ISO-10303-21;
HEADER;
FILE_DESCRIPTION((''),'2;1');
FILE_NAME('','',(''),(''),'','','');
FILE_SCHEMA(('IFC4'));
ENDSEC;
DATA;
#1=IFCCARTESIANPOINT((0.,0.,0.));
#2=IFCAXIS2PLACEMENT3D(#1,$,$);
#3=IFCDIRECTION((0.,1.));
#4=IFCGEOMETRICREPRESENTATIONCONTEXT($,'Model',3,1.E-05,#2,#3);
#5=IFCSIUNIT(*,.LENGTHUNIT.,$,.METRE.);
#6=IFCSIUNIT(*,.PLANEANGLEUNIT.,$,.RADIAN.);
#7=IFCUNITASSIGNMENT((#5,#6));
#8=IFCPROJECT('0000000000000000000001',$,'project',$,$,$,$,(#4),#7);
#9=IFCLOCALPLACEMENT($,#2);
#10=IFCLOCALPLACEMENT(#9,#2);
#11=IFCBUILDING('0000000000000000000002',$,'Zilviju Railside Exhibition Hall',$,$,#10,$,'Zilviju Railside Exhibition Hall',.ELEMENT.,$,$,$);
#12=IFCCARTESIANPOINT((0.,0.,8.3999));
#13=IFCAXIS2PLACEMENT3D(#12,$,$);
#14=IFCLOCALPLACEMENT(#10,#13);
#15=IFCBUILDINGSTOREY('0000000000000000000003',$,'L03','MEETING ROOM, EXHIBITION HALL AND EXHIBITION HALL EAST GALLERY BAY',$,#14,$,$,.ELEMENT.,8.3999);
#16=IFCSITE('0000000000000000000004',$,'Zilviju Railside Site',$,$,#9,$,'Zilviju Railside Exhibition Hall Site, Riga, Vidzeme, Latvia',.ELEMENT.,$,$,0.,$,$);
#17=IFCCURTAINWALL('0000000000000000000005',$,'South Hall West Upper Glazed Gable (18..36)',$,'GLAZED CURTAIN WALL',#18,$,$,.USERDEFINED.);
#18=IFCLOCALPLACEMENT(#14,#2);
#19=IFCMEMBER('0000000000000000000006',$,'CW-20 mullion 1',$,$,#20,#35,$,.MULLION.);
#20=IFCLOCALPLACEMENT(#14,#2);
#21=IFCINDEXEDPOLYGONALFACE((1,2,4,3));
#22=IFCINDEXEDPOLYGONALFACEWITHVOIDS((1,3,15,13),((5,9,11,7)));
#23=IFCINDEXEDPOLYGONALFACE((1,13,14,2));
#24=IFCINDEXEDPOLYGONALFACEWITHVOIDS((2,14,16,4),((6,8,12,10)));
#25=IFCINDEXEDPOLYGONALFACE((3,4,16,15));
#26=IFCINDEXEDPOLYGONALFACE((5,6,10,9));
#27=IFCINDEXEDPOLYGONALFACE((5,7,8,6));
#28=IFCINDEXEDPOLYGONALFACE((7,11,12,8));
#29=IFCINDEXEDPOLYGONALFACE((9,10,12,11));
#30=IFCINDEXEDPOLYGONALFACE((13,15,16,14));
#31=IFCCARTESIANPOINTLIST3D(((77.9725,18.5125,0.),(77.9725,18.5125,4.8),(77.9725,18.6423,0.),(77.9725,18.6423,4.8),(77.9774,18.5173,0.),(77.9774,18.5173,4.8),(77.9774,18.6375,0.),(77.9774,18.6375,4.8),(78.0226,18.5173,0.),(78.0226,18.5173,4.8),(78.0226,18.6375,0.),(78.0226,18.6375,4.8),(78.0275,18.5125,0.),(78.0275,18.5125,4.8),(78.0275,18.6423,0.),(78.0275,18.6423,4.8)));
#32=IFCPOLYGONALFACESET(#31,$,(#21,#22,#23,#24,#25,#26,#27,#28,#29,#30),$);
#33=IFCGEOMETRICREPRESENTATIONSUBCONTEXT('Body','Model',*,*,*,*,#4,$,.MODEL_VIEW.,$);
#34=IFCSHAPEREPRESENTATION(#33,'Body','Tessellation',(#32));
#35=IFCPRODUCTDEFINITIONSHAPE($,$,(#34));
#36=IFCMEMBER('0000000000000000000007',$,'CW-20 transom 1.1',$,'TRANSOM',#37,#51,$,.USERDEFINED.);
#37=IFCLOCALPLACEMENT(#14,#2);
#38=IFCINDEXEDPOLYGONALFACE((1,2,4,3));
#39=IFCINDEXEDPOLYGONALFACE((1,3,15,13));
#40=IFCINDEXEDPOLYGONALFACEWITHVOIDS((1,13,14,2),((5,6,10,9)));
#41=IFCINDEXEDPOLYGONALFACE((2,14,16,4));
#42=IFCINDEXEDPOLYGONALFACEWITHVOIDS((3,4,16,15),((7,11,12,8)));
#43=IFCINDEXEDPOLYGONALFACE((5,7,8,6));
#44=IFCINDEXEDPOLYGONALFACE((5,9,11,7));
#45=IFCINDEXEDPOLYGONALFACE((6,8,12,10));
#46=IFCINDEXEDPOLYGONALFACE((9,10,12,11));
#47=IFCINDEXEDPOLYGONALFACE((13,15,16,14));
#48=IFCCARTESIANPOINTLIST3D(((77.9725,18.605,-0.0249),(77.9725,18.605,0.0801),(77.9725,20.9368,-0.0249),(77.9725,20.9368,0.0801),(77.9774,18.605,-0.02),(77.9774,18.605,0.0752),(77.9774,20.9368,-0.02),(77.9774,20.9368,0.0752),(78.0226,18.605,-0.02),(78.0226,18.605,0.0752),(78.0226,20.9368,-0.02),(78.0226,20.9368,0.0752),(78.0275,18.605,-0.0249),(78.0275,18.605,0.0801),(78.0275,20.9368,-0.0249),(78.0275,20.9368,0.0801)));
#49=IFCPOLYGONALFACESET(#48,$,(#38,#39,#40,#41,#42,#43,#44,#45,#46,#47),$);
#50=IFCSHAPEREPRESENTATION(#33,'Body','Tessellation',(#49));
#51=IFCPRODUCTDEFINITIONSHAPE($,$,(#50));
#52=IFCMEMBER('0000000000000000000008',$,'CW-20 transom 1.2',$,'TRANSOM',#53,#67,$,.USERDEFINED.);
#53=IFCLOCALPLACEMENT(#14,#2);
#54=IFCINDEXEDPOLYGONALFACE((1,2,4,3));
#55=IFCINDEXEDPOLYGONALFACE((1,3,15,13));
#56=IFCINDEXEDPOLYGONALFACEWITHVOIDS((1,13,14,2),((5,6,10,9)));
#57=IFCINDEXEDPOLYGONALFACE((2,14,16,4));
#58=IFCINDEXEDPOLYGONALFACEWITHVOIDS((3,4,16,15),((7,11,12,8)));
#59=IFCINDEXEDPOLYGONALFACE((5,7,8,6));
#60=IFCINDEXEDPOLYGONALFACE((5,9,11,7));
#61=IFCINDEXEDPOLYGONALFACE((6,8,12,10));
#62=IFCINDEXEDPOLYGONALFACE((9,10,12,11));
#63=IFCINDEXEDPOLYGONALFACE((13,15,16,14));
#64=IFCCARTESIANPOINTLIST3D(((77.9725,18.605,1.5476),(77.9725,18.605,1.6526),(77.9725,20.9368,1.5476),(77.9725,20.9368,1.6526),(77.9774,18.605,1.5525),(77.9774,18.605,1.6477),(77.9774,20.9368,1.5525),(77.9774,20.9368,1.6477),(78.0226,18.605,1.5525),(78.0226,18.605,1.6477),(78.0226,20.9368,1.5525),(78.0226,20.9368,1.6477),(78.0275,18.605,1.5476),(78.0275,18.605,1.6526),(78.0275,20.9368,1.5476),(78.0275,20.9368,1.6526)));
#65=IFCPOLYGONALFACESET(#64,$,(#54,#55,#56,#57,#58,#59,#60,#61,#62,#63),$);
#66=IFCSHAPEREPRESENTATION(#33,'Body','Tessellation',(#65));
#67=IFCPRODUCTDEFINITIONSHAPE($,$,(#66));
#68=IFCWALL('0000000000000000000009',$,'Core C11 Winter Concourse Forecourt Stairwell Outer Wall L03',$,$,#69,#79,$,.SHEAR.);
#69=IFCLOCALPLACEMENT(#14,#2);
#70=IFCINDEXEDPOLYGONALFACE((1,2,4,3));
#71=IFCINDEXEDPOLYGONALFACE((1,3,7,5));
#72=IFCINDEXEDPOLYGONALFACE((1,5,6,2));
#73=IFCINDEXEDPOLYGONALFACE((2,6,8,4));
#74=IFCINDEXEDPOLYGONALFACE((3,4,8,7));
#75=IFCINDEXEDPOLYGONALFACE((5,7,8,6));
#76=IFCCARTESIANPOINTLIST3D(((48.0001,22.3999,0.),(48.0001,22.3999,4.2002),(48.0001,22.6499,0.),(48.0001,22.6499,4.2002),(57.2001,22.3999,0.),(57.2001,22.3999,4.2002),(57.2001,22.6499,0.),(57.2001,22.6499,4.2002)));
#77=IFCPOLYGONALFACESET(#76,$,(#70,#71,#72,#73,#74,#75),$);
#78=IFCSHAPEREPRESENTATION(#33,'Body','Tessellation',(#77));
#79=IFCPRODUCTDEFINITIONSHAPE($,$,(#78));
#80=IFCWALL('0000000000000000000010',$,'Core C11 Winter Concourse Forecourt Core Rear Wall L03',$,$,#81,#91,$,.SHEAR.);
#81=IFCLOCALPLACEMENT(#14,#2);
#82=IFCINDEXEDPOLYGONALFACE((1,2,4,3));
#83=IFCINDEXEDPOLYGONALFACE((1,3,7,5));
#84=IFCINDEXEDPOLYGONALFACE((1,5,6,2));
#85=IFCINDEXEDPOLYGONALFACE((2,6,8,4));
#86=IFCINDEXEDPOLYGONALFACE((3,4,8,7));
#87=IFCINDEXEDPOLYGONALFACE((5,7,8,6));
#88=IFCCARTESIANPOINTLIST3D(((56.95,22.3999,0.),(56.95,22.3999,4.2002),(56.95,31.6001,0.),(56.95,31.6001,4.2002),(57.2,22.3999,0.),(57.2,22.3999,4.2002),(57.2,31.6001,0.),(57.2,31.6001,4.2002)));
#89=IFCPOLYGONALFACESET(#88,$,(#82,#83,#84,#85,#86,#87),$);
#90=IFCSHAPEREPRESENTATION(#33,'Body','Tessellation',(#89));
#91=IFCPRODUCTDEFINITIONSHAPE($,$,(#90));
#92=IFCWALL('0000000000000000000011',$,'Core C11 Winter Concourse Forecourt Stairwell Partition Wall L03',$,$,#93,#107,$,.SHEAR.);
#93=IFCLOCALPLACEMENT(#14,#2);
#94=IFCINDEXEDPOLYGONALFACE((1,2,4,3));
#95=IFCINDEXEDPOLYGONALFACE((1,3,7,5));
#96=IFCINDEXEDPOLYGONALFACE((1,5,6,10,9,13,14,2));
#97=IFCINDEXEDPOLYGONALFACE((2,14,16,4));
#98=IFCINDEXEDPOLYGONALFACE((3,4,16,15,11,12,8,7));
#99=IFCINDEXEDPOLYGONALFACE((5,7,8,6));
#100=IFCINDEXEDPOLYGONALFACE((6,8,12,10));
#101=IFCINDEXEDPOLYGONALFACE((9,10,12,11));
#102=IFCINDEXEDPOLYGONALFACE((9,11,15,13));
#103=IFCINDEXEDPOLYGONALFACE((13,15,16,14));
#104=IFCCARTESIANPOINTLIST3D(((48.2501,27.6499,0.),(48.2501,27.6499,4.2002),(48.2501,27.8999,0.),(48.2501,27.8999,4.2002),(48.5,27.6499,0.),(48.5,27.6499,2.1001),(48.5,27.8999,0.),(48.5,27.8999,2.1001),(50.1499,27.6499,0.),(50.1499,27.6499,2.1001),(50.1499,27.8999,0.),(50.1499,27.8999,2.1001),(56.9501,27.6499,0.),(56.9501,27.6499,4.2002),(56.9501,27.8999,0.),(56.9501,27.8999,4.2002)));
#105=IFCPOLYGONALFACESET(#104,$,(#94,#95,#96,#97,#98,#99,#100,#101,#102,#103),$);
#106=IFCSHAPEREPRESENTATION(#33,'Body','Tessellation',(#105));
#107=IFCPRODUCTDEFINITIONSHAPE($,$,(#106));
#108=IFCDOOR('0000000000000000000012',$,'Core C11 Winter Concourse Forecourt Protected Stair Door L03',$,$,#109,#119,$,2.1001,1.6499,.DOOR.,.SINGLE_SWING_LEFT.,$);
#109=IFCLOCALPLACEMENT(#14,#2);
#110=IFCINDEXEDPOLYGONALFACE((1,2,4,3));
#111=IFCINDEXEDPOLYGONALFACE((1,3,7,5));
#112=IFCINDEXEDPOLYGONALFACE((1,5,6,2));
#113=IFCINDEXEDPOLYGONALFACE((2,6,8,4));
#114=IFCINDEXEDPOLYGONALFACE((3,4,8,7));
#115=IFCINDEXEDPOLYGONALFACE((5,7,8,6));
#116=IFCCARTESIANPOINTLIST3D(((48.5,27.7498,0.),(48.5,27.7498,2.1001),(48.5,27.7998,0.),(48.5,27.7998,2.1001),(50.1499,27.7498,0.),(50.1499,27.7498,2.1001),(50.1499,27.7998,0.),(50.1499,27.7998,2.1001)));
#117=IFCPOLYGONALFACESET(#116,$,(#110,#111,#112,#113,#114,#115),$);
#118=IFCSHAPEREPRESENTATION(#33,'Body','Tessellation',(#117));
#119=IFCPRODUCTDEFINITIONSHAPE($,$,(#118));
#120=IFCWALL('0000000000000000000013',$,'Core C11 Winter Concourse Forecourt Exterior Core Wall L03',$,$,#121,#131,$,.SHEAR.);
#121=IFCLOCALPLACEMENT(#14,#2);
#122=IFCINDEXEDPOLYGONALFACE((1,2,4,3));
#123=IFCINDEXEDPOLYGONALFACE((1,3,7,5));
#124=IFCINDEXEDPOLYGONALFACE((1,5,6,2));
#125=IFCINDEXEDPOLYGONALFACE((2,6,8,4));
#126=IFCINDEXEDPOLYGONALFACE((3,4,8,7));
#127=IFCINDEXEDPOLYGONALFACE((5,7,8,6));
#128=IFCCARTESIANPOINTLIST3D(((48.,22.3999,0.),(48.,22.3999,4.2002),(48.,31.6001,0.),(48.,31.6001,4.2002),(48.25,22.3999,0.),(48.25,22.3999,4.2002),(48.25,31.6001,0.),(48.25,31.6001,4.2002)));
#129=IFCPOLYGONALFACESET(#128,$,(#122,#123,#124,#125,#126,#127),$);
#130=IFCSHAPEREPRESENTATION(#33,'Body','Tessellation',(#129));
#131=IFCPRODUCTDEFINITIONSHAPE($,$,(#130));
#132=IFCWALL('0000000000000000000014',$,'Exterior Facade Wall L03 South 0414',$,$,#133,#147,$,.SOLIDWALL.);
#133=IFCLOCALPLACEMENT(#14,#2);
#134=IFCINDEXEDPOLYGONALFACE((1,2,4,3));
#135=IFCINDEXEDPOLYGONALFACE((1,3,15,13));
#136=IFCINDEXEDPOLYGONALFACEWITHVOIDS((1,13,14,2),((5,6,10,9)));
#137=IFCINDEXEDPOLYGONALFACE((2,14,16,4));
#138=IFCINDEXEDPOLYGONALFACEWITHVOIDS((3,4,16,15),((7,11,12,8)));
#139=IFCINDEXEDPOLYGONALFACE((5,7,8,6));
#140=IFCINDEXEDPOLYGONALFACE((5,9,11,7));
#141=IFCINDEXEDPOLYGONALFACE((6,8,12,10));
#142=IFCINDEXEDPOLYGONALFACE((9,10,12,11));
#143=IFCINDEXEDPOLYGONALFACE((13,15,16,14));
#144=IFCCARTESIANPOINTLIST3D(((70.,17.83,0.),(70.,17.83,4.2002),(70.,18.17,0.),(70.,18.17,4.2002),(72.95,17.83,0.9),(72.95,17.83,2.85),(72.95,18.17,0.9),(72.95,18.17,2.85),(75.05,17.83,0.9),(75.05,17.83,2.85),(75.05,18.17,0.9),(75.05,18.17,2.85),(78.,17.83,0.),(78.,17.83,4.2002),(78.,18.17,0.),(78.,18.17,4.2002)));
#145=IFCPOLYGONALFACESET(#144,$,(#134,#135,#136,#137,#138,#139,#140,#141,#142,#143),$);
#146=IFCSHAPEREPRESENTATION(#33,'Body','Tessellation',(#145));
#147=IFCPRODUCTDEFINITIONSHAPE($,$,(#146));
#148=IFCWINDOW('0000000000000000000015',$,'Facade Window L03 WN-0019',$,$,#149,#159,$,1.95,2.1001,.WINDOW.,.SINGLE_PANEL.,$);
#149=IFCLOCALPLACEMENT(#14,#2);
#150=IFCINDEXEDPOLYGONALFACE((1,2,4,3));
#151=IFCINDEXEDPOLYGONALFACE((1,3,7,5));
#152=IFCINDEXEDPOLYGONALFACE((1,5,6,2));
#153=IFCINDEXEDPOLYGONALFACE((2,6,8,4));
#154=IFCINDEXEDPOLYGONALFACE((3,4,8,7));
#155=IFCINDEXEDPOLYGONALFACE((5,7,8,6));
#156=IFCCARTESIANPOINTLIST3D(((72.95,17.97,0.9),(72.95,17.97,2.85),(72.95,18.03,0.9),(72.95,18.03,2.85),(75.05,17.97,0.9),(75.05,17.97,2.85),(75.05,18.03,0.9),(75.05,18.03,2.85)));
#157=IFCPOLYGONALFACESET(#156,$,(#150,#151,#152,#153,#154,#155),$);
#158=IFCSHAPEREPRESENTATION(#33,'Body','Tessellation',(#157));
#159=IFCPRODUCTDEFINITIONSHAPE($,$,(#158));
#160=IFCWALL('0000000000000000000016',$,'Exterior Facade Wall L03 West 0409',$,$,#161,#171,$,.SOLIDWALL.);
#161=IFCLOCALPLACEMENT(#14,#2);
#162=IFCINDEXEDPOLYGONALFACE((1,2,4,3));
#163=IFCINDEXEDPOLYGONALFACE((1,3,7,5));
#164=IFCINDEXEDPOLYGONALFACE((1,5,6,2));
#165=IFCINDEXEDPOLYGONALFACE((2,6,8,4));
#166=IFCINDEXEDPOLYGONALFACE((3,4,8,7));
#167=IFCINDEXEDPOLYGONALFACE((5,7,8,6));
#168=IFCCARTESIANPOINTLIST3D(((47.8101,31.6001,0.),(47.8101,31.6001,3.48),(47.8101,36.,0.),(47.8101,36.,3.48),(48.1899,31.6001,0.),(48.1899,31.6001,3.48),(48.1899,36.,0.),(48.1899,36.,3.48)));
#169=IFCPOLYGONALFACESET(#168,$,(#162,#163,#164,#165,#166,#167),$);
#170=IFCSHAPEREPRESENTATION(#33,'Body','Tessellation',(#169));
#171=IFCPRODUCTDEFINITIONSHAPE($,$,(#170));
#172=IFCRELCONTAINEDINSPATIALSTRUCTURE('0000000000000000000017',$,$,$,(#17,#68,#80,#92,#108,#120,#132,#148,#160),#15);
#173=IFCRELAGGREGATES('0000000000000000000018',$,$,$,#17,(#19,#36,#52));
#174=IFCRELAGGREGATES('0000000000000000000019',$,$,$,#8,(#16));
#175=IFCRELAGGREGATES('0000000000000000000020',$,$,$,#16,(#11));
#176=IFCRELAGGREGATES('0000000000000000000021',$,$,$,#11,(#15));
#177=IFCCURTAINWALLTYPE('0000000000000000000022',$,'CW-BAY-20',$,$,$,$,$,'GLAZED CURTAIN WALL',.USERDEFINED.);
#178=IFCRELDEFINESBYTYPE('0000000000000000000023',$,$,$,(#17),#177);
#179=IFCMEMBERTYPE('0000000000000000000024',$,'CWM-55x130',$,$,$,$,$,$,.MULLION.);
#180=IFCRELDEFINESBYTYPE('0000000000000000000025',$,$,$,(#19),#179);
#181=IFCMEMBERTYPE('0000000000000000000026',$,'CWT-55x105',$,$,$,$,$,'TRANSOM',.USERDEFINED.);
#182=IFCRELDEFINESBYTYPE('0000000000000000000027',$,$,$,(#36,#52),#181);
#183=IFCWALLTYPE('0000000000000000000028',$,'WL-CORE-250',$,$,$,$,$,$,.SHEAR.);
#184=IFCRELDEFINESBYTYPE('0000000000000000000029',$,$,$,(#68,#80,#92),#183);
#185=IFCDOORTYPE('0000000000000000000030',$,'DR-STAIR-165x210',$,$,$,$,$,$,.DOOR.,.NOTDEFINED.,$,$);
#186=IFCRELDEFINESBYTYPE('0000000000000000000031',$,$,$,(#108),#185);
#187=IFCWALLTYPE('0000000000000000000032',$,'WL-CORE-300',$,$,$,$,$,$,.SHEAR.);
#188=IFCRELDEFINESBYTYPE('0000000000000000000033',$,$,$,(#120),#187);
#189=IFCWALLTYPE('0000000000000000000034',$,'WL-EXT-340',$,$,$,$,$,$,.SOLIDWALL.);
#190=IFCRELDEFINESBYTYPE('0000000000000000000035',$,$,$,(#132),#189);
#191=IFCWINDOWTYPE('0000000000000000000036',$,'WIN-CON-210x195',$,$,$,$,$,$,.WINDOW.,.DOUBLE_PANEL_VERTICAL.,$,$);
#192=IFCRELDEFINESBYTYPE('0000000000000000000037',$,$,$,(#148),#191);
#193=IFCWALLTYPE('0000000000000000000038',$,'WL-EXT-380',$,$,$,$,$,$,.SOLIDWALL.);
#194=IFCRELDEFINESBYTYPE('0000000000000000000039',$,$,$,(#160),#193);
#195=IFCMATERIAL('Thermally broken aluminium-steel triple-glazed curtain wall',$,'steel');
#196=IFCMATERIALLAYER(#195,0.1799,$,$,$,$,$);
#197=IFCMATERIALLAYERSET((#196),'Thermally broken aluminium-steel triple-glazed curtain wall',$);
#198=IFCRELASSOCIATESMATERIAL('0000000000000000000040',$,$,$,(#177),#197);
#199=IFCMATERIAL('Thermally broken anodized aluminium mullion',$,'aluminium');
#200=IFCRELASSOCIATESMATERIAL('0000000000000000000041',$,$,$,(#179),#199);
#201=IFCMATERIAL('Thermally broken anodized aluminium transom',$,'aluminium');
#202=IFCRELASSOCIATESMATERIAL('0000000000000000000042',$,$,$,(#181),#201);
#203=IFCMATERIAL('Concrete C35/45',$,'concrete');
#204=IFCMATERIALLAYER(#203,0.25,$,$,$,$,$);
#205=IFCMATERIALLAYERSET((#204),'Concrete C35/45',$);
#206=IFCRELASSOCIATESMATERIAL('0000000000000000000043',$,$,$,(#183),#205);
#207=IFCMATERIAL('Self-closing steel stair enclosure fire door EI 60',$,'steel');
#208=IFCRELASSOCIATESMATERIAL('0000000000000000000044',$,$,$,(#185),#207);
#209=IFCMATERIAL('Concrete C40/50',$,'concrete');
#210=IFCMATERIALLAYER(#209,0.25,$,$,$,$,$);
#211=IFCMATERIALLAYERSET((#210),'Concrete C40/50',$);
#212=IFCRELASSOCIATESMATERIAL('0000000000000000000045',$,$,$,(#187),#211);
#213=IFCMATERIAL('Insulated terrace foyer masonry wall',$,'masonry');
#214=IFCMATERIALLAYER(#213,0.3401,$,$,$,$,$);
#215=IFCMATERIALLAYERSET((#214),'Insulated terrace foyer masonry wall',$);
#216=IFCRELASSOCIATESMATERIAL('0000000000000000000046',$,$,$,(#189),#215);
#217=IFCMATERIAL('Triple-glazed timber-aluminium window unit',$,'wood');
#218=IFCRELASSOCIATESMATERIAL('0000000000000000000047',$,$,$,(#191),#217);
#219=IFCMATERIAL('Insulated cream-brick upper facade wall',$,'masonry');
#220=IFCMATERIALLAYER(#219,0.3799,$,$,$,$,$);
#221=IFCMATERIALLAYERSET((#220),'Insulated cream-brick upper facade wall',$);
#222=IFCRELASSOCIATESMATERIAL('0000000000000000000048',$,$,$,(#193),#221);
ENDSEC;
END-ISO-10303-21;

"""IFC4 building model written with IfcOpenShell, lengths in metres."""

from ifc_helpers import new_model, si_unit, direction, frame, frame_2d, origin, origin_2d, place, context, subcontext, project, spatial, rectangle, hollow_rectangle, extrude, material, layer, layer_set, material_profile, profile_set, type_object, element, fill, aggregate, save


model = new_model("IFC4")

# Units and contexts
model_context = context("Model", 3, precision=1e-05, world=origin(), true_north=direction((0.0, 1.0)))
body_context = subcontext(model_context, "Body", "Model", "MODEL_VIEW")
ifc_project = project(units=[si_unit("LENGTHUNIT", "METRE"), si_unit("PLANEANGLEUNIT", "RADIAN")], contexts=[model_context])

# Site, building, storey
site_placement = place(None, origin())
site = spatial("IfcSite", under=ifc_project, at=site_placement, Name="Zilviju Railside Site", LongName="Zilviju Railside Exhibition Hall Site, Riga, Vidzeme, Latvia", CompositionType="ELEMENT", RefElevation=0.0)
building_placement = place(site_placement, origin())
building = spatial("IfcBuilding", under=site, at=building_placement, Name="Zilviju Railside Exhibition Hall", LongName="Zilviju Railside Exhibition Hall", CompositionType="ELEMENT")
storey_placement = place(building_placement, frame((0.0, 0.0, 8.3999)))
storey = spatial("IfcBuildingStorey", under=building, at=storey_placement, Name="L03", Description="MEETING ROOM, EXHIBITION HALL AND EXHIBITION HALL EAST GALLERY BAY", CompositionType="ELEMENT", Elevation=8.3999)

# Curtain wall, members
ifc_material_1 = material(Name="Thermally broken aluminium-steel triple-glazed curtain wall", Category="steel")
ifc_layer_1 = layer(ifc_material_1, 0.1799)
ifc_layer_set_1 = layer_set([ifc_layer_1], Name="Thermally broken aluminium-steel triple-glazed curtain wall")
curtain_wall_type = type_object("IfcCurtainWallType", Name="CW-BAY-20", ElementType="GLAZED CURTAIN WALL", PredefinedType="USERDEFINED", material=ifc_layer_set_1)
curtain_wall_placement = place(storey_placement, origin())
curtain_wall = element("IfcCurtainWall", 1, at=curtain_wall_placement, inside=storey, type_object=curtain_wall_type, Name="South Hall West Upper Glazed Gable (18..36)", ObjectType="GLAZED CURTAIN WALL", PredefinedType="USERDEFINED")
ifc_material_2 = material(Name="Thermally broken anodized aluminium mullion", Category="aluminium")
ifc_material_profile_1 = material_profile(ifc_material_2, hollow_rectangle(XDim=0.0549, YDim=0.1299, WallThickness=0.0049, at=origin_2d()), Name="MULLION 130x55x5")
ifc_profile_set_1 = profile_set([ifc_material_profile_1], Name="Thermally broken anodized aluminium mullion")
member_type_1 = type_object("IfcMemberType", Name="CWM-55x130", PredefinedType="MULLION", material=ifc_profile_set_1)
member_1_placement = place(storey_placement, frame((78.0, 18.5774, 0.0), z_axis=(0.0, 0.0, 1.0), x_axis=(-1.0, 0.0, 0.0)))
member_1 = element("IfcMember", 2, at=member_1_placement, type_object=member_type_1, Name="CW-20 mullion 1", PredefinedType="MULLION", context=body_context, shape_type="SweptSolid", body=[
    extrude(hollow_rectangle(XDim=0.0549, YDim=0.1299, WallThickness=0.0049, at=origin_2d()), origin(), (0.0, 0.0, 1.0), 4.8),
])
ifc_material_3 = material(Name="Thermally broken anodized aluminium transom", Category="aluminium")
ifc_material_profile_2 = material_profile(ifc_material_3, hollow_rectangle(XDim=0.0549, YDim=0.105, WallThickness=0.0049, at=origin_2d()), Name="TRANSOM 105x55x5")
ifc_profile_set_2 = profile_set([ifc_material_profile_2], Name="Thermally broken anodized aluminium transom")
member_type_2 = type_object("IfcMemberType", Name="CWT-55x105", ElementType="TRANSOM", PredefinedType="USERDEFINED", material=ifc_profile_set_2)
member_2_placement = place(storey_placement, frame((78.0, 18.605, 0.0276), z_axis=(0.0, 1.0, 0.0), x_axis=(-1.0, 0.0, 0.0)))
member_2 = element("IfcMember", 3, at=member_2_placement, type_object=member_type_2, Name="CW-20 transom 1.1", ObjectType="TRANSOM", PredefinedType="USERDEFINED", context=body_context, shape_type="SweptSolid", body=[
    extrude(hollow_rectangle(XDim=0.0549, YDim=0.105, WallThickness=0.0049, at=origin_2d()), origin(), (0.0, 0.0, 1.0), 2.3318),
])
member_3_placement = place(storey_placement, frame((78.0, 18.605, 1.6001), z_axis=(0.0, 1.0, 0.0), x_axis=(-1.0, 0.0, 0.0)))
member_3 = element("IfcMember", 4, at=member_3_placement, type_object=member_type_2, Name="CW-20 transom 1.2", ObjectType="TRANSOM", PredefinedType="USERDEFINED", context=body_context, shape_type="SweptSolid", body=[
    extrude(hollow_rectangle(XDim=0.0549, YDim=0.105, WallThickness=0.0049, at=origin_2d()), origin(), (0.0, 0.0, 1.0), 2.3318),
])
aggregate(curtain_wall, [member_1, member_2, member_3])

# Walls
ifc_material_4 = material(Name="Concrete C35/45", Category="concrete")
ifc_layer_2 = layer(ifc_material_4, 0.25)
ifc_layer_set_2 = layer_set([ifc_layer_2], Name="Concrete C35/45")
wall_type_1 = type_object("IfcWallType", Name="WL-CORE-250", PredefinedType="SHEAR", material=ifc_layer_set_2)
wall_1_placement = place(storey_placement, frame((48.0, 22.5249, 0.0), z_axis=(0.0, 0.0, 1.0), x_axis=(1.0, 0.0, 0.0)))
element("IfcWall", 5, at=wall_1_placement, inside=storey, type_object=wall_type_1, Name="Core C11 Winter Concourse Forecourt Stairwell Outer Wall L03", PredefinedType="SHEAR", context=body_context, shape_type="SweptSolid", body=[
    extrude(rectangle(XDim=9.2, YDim=0.25, at=frame_2d((4.6001, 0.0))), origin(), (0.0, 0.0, 1.0), 4.2002),
])
wall_2_placement = place(storey_placement, frame((57.075, 22.3999, 0.0), z_axis=(0.0, 0.0, 1.0), x_axis=(0.0, 1.0, 0.0)))
element("IfcWall", 6, at=wall_2_placement, inside=storey, type_object=wall_type_1, Name="Core C11 Winter Concourse Forecourt Core Rear Wall L03", PredefinedType="SHEAR", context=body_context, shape_type="SweptSolid", body=[
    extrude(rectangle(XDim=9.2002, YDim=0.25, at=frame_2d((4.6001, 0.0))), origin(), (0.0, 0.0, 1.0), 4.2002),
])

# Wall, opening, door
wall_3_placement = place(storey_placement, frame((48.25, 27.7749, 0.0), z_axis=(0.0, 0.0, 1.0), x_axis=(1.0, 0.0, 0.0)))
wall_3 = element("IfcWall", 7, at=wall_3_placement, inside=storey, type_object=wall_type_1, Name="Core C11 Winter Concourse Forecourt Stairwell Partition Wall L03", PredefinedType="SHEAR", context=body_context, shape_type="SweptSolid", body=[
    extrude(rectangle(XDim=8.7, YDim=0.25, at=frame_2d((4.3501, 0.0))), origin(), (0.0, 0.0, 1.0), 4.2002),
])
opening_1_placement = place(wall_3_placement, frame((0.25, 0.0, 0.0)))
opening_1 = element("IfcOpeningElement", 8, at=opening_1_placement, cuts=wall_3, PredefinedType="OPENING", context=body_context, shape_type="SweptSolid", body=[
    extrude(rectangle(XDim=1.6499, YDim=2.1001, at=frame_2d((0.825, 1.05))), frame((0.0, 0.135, 0.0), z_axis=(0.0, -1.0, 0.0), x_axis=(1.0, 0.0, 0.0)), (0.0, 0.0, 1.0), 0.27),
])
ifc_material_5 = material(Name="Self-closing steel stair enclosure fire door EI 60", Category="steel")
door_type_1 = type_object("IfcDoorType", Name="DR-STAIR-165x210", OperationType="NOTDEFINED", PredefinedType="DOOR", material=ifc_material_5)
door_1_placement = place(opening_1_placement, origin())
door_1 = element("IfcDoor", 9, at=door_1_placement, inside=storey, type_object=door_type_1, Name="Core C11 Winter Concourse Forecourt Protected Stair Door L03", OperationType="SINGLE_SWING_LEFT", OverallHeight=2.1001, OverallWidth=1.6499, PredefinedType="DOOR", context=body_context, shape_type="SweptSolid", body=[
    extrude(rectangle(XDim=1.6499, YDim=2.1001, at=frame_2d((0.825, 1.05))), frame((0.0, 0.0249, 0.0), z_axis=(0.0, -1.0, 0.0), x_axis=(1.0, 0.0, 0.0)), (0.0, 0.0, 1.0), 0.05),
])
fill(opening_1, door_1)

# Wall
ifc_material_6 = material(Name="Concrete C40/50", Category="concrete")
ifc_layer_3 = layer(ifc_material_6, 0.25)
ifc_layer_set_3 = layer_set([ifc_layer_3], Name="Concrete C40/50")
wall_type_2 = type_object("IfcWallType", Name="WL-CORE-300", PredefinedType="SHEAR", material=ifc_layer_set_3)
wall_4_placement = place(storey_placement, frame((48.125, 22.3999, 0.0), z_axis=(0.0, 0.0, 1.0), x_axis=(0.0, 1.0, 0.0)))
element("IfcWall", 10, at=wall_4_placement, inside=storey, type_object=wall_type_2, Name="Core C11 Winter Concourse Forecourt Exterior Core Wall L03", PredefinedType="SHEAR", context=body_context, shape_type="SweptSolid", body=[
    extrude(rectangle(XDim=9.2002, YDim=0.25, at=frame_2d((4.6001, 0.0))), origin(), (0.0, 0.0, 1.0), 4.2002),
])

# Wall, opening, window
ifc_material_7 = material(Name="Insulated terrace foyer masonry wall", Category="masonry")
ifc_layer_4 = layer(ifc_material_7, 0.3401)
ifc_layer_set_4 = layer_set([ifc_layer_4], Name="Insulated terrace foyer masonry wall")
wall_type_3 = type_object("IfcWallType", Name="WL-EXT-340", PredefinedType="SOLIDWALL", material=ifc_layer_set_4)
wall_5_placement = place(storey_placement, frame((78.0, 18.0, 0.0), z_axis=(0.0, 0.0, 1.0), x_axis=(-1.0, 0.0, 0.0)))
wall_5 = element("IfcWall", 11, at=wall_5_placement, inside=storey, type_object=wall_type_3, Name="Exterior Facade Wall L03 South 0414", PredefinedType="SOLIDWALL", context=body_context, shape_type="SweptSolid", body=[
    extrude(rectangle(XDim=8.0, YDim=0.3401, at=frame_2d((4.0, 0.0))), origin(), (0.0, 0.0, 1.0), 4.2002),
])
opening_2_placement = place(wall_5_placement, frame((2.95, 0.0, 0.8999)))
opening_2 = element("IfcOpeningElement", 12, at=opening_2_placement, cuts=wall_5, PredefinedType="OPENING", context=body_context, shape_type="SweptSolid", body=[
    extrude(rectangle(XDim=2.1001, YDim=1.95, at=frame_2d((1.05, 0.9751))), frame((0.0, 0.1799, 0.0), z_axis=(0.0, -1.0, 0.0), x_axis=(1.0, 0.0, 0.0)), (0.0, 0.0, 1.0), 0.3601),
])
ifc_material_8 = material(Name="Triple-glazed timber-aluminium window unit", Category="wood")
window_type = type_object("IfcWindowType", Name="WIN-CON-210x195", PartitioningType="DOUBLE_PANEL_VERTICAL", PredefinedType="WINDOW", material=ifc_material_8)
window_placement = place(opening_2_placement, origin())
window = element("IfcWindow", 13, at=window_placement, inside=storey, type_object=window_type, Name="Facade Window L03 WN-0019", OverallHeight=1.95, OverallWidth=2.1001, PartitioningType="SINGLE_PANEL", PredefinedType="WINDOW", context=body_context, shape_type="SweptSolid", body=[
    extrude(rectangle(XDim=2.1001, YDim=1.95, at=frame_2d((1.05, 0.9751))), frame((0.0, 0.03, 0.0), z_axis=(0.0, -1.0, 0.0), x_axis=(1.0, 0.0, 0.0)), (0.0, 0.0, 1.0), 0.0601),
])
fill(opening_2, window)

# Wall
ifc_material_9 = material(Name="Insulated cream-brick upper facade wall", Category="masonry")
ifc_layer_5 = layer(ifc_material_9, 0.3799)
ifc_layer_set_5 = layer_set([ifc_layer_5], Name="Insulated cream-brick upper facade wall")
wall_type_4 = type_object("IfcWallType", Name="WL-EXT-380", PredefinedType="SOLIDWALL", material=ifc_layer_set_5)
wall_6_placement = place(storey_placement, frame((48.0, 31.6001, 0.0), z_axis=(0.0, 0.0, 1.0), x_axis=(0.0, 1.0, 0.0)))
element("IfcWall", 14, at=wall_6_placement, inside=storey, type_object=wall_type_4, Name="Exterior Facade Wall L03 West 0409", PredefinedType="SOLIDWALL", context=body_context, shape_type="SweptSolid", body=[
    extrude(rectangle(XDim=4.3999, YDim=0.3799, at=frame_2d((2.2, 0.0))), origin(), (0.0, 0.0, 1.0), 3.48),
])

save(model, "model.ifc")
